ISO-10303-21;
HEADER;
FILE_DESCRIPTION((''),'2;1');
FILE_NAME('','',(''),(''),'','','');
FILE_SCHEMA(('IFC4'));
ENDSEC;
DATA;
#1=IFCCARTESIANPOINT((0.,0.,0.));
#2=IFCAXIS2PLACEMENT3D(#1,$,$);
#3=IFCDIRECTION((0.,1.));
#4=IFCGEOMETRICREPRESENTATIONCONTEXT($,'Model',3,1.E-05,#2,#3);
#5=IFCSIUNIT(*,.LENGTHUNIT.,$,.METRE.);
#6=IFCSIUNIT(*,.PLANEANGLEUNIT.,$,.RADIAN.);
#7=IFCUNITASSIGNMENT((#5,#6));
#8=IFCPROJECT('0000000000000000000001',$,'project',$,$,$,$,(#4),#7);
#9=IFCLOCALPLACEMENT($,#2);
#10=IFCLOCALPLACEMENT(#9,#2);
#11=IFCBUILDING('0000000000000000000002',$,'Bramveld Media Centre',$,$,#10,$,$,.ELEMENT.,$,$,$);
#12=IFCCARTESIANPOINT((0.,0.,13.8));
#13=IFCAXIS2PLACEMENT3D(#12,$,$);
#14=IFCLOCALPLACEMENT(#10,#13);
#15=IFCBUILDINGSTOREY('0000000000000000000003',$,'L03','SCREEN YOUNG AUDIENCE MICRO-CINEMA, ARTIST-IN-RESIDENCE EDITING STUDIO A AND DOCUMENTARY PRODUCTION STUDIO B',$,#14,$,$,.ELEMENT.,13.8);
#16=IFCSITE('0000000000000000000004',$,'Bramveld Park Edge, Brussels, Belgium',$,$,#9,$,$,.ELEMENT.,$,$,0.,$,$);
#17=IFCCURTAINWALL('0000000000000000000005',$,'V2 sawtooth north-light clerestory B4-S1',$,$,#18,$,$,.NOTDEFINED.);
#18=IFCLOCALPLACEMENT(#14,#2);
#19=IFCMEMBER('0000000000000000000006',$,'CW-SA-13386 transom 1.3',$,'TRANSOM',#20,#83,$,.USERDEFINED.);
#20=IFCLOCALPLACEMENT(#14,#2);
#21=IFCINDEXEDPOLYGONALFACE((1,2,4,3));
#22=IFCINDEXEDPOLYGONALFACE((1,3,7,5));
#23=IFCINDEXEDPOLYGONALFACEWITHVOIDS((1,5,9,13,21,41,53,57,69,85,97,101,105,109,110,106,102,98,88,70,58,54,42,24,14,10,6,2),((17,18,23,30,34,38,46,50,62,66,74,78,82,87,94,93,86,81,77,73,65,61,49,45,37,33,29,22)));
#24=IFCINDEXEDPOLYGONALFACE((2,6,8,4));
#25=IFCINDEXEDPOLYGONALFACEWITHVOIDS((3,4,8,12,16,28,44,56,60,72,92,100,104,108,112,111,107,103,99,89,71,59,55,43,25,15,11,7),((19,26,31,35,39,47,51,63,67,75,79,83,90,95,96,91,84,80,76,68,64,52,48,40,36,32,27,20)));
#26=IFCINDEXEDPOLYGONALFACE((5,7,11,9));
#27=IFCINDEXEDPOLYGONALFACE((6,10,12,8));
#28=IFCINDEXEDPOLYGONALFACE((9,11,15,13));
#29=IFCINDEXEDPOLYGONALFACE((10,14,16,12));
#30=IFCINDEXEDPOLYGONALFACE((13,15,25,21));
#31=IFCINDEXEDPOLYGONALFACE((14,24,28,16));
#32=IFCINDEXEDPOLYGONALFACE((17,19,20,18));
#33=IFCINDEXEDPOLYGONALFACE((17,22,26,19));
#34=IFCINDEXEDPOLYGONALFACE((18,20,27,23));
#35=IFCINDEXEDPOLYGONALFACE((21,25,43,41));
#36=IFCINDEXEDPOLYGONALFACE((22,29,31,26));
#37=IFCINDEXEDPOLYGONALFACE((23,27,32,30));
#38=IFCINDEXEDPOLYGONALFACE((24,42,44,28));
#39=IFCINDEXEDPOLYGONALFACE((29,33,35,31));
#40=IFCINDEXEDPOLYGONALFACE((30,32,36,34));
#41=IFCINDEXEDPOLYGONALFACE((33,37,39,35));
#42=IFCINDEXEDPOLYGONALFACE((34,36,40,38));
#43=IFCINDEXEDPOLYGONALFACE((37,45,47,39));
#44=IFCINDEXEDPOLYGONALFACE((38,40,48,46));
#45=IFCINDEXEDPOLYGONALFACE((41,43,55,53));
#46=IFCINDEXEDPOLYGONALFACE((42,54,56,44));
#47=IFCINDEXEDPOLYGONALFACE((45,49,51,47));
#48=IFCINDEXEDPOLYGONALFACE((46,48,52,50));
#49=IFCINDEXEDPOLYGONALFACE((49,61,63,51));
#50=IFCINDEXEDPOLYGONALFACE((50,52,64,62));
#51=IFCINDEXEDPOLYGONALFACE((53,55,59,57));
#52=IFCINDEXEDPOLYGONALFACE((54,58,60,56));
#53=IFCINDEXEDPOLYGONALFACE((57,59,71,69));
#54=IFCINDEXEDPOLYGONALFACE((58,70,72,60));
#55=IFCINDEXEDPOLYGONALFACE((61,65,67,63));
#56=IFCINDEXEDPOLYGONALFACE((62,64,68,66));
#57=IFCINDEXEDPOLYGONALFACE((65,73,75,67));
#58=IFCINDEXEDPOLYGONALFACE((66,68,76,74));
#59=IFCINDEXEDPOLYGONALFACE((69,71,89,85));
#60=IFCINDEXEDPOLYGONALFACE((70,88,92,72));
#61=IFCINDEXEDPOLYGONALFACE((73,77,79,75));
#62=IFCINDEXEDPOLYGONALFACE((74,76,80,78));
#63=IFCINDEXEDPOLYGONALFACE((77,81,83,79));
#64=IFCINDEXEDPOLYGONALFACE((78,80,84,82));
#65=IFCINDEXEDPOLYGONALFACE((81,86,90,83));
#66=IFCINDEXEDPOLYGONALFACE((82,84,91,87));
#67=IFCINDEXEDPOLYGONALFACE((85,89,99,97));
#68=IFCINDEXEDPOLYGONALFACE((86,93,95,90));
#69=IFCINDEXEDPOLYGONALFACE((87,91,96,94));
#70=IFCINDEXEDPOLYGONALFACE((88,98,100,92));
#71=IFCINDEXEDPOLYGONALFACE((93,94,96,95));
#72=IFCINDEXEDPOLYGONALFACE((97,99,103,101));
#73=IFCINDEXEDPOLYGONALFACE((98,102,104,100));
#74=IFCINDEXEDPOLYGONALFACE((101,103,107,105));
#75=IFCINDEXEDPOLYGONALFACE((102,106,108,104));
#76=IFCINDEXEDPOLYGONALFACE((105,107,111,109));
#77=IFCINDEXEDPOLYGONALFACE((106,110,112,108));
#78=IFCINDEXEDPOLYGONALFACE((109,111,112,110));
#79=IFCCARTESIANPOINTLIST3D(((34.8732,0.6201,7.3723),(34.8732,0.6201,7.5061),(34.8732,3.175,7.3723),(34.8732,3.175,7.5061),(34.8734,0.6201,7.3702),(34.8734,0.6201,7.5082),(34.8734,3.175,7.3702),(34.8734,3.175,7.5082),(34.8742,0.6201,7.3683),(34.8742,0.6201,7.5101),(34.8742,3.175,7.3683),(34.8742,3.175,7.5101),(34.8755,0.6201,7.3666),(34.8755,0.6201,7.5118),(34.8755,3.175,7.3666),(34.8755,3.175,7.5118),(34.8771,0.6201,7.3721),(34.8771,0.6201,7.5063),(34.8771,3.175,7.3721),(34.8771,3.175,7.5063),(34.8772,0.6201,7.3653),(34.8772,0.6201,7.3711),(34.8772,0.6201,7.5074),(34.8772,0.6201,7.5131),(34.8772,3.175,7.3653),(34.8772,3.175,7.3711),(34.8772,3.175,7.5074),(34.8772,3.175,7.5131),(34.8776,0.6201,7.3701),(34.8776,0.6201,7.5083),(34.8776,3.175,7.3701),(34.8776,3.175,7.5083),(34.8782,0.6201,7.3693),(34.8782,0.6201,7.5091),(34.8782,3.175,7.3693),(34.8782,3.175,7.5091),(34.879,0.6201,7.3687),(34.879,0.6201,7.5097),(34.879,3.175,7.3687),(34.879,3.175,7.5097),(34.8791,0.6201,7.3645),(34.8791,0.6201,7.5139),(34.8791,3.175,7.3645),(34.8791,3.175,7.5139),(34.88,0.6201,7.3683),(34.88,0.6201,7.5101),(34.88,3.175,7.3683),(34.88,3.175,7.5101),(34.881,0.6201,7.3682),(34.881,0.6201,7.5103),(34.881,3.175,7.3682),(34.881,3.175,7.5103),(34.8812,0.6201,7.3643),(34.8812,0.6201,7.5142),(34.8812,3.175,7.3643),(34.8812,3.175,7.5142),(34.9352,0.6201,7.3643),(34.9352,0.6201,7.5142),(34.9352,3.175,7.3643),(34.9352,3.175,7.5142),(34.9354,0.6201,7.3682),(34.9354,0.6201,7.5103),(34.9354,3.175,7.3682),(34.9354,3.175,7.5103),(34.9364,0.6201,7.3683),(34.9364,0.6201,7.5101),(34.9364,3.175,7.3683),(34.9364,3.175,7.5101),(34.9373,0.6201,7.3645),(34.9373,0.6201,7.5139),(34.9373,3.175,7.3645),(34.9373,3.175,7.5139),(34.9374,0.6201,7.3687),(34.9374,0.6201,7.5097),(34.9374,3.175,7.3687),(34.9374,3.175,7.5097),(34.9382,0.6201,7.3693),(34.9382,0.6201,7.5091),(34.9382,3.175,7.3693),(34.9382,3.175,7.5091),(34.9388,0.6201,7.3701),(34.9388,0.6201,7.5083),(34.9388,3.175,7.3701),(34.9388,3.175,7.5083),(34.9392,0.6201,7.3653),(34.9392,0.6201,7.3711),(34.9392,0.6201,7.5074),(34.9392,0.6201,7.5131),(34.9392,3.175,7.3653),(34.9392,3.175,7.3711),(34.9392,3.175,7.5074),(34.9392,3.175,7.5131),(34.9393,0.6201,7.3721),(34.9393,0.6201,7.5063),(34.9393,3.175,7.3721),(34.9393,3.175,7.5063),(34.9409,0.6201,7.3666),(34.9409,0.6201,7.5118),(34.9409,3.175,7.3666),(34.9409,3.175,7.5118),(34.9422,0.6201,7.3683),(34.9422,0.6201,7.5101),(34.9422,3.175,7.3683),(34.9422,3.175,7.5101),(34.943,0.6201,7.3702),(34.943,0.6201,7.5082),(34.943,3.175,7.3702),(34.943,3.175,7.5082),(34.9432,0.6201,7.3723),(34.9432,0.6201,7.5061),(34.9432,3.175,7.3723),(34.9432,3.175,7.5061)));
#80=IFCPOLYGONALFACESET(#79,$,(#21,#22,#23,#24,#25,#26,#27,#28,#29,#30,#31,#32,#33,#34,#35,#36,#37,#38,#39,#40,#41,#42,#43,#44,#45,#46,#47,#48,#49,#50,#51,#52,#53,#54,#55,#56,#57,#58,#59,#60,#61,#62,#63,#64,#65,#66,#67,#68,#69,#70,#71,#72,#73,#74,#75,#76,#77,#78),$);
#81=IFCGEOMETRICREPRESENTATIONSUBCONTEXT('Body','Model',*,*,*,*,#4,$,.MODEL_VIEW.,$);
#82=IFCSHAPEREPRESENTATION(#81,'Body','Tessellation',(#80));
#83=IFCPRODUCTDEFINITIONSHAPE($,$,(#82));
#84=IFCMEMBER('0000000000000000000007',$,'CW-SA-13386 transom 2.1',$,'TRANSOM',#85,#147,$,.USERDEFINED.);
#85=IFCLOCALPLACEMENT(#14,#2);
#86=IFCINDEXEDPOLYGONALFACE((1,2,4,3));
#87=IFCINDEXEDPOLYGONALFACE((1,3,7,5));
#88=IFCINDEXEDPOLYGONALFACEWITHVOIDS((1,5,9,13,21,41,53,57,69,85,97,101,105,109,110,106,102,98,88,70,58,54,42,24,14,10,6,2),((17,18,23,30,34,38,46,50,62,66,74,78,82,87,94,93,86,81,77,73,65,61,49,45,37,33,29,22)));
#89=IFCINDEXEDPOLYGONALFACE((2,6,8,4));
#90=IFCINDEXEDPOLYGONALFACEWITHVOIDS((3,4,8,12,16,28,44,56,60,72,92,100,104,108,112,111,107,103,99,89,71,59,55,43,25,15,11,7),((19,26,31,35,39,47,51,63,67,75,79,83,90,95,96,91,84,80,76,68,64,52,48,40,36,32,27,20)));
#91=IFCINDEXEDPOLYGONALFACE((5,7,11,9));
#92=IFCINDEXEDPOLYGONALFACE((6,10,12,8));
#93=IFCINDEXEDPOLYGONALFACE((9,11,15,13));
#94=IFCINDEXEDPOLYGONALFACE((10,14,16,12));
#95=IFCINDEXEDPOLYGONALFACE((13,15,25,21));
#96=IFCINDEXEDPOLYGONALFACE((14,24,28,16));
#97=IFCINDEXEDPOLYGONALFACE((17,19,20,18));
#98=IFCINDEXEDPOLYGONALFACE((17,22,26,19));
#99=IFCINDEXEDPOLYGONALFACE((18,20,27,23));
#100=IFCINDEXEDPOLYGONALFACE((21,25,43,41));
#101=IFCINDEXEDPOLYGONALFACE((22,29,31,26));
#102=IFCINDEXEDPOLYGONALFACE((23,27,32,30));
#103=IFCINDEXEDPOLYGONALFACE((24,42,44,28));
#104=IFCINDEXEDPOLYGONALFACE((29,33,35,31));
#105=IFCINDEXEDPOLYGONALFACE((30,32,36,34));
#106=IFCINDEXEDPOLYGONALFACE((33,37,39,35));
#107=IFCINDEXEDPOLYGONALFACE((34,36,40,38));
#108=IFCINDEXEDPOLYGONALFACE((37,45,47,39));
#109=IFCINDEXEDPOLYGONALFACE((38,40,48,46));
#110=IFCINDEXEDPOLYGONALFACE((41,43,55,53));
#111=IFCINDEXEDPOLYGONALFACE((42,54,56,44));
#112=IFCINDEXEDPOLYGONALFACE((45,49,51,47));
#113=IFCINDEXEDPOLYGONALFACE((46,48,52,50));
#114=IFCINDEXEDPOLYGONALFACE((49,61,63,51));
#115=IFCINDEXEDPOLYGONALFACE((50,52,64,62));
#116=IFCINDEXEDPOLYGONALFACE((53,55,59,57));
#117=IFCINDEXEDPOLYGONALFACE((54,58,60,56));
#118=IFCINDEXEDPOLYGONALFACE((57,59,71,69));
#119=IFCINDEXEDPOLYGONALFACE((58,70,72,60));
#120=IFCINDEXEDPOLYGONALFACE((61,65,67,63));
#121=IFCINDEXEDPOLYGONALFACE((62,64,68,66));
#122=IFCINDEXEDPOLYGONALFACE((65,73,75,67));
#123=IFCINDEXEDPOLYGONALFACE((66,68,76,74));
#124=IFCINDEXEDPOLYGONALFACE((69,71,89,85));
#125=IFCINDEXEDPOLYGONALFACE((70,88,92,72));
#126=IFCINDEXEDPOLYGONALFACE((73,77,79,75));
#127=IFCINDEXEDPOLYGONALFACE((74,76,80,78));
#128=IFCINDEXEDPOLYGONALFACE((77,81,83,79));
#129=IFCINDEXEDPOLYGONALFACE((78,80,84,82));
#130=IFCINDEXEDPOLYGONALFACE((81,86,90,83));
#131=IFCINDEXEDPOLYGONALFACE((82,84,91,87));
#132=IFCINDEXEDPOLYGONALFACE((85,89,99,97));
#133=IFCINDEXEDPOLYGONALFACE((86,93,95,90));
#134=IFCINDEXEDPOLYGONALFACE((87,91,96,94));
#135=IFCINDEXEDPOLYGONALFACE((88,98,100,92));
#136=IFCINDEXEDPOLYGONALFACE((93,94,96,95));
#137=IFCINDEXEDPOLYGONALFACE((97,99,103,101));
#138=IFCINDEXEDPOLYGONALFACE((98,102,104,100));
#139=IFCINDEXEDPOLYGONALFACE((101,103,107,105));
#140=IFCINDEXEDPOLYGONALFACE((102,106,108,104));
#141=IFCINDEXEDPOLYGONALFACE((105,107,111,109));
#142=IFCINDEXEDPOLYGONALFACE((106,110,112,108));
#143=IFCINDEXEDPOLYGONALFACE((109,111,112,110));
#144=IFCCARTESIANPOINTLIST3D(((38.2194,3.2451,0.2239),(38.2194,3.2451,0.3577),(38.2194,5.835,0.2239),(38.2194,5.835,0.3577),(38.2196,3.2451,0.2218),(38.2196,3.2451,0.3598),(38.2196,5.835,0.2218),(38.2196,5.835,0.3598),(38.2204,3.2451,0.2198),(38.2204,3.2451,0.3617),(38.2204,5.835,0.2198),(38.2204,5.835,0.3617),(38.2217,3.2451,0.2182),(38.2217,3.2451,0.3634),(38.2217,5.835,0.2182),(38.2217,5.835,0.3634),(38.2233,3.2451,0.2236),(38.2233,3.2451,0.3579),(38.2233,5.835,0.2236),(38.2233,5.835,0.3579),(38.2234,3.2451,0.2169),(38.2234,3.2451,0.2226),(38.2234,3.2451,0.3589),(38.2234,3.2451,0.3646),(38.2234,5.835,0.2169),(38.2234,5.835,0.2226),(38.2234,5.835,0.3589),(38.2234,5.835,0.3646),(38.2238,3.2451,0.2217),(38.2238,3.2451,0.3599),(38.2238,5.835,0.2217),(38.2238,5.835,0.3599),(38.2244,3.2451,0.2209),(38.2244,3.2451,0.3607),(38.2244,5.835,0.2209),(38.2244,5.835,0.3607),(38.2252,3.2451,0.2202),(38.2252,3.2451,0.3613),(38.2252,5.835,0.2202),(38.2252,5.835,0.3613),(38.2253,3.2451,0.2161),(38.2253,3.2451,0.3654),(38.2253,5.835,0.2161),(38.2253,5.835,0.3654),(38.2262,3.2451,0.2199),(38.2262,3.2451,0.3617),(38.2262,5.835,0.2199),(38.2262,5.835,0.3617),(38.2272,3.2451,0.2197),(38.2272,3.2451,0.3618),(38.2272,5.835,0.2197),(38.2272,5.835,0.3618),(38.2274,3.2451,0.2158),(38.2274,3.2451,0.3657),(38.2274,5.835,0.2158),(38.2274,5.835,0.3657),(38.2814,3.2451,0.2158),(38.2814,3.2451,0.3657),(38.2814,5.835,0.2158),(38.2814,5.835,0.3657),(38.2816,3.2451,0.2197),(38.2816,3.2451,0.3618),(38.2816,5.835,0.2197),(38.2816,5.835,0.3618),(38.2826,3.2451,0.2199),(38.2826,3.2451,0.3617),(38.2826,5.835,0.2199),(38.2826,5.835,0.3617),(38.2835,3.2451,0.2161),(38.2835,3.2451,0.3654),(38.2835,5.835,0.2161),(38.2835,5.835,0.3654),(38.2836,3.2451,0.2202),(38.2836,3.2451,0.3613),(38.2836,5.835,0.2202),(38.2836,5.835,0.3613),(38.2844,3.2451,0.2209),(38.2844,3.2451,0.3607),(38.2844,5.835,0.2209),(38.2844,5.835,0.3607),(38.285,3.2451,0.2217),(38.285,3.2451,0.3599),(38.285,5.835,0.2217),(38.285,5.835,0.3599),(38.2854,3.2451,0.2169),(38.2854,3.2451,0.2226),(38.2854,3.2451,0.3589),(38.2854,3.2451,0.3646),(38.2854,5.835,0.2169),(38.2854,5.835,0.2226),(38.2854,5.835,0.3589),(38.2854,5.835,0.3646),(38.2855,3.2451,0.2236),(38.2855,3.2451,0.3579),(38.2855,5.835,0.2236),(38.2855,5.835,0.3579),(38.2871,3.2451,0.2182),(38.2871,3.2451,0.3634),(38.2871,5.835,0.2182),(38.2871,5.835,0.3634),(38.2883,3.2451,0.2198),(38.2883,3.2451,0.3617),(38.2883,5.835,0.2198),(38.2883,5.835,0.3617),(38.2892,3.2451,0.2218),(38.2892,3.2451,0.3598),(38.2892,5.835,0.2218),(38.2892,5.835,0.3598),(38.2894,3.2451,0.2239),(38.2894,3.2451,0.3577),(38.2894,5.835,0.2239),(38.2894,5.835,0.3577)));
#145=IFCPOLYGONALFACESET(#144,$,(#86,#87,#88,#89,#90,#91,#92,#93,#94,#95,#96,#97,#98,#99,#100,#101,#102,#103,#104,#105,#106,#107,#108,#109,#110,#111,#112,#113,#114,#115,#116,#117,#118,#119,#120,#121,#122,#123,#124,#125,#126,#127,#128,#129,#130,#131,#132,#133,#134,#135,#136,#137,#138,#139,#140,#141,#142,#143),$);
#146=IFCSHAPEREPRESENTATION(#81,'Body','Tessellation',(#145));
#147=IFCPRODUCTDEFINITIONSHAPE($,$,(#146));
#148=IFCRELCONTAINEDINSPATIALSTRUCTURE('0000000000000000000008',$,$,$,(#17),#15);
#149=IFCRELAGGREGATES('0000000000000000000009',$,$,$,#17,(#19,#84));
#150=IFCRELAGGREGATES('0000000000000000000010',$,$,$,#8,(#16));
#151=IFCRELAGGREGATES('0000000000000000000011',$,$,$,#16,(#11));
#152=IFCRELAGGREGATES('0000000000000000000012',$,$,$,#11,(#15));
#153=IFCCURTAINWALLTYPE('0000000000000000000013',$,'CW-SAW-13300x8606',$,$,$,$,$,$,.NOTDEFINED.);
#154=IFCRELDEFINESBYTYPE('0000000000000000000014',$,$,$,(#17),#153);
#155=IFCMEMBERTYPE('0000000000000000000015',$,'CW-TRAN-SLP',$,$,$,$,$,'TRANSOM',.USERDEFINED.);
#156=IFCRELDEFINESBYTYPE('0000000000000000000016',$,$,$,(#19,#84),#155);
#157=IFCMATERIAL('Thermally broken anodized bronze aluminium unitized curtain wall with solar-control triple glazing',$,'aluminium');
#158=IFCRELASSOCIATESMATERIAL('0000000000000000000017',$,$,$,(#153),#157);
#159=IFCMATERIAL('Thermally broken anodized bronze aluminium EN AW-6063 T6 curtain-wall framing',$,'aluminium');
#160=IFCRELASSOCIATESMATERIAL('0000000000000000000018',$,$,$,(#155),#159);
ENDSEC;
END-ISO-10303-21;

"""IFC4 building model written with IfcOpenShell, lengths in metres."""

from ifc_helpers import new_model, si_unit, direction, frame, origin, origin_2d, place, context, subcontext, project, spatial, hollow_rectangle, extrude, material, material_profile, profile_set, type_object, element, aggregate, save


model = new_model("IFC4")

# Units and contexts
model_context = context("Model", 3, precision=1e-05, world=origin(), true_north=direction((0.0, 1.0)))
body_context = subcontext(model_context, "Body", "Model", "MODEL_VIEW")
ifc_project = project(units=[si_unit("LENGTHUNIT", "METRE"), si_unit("PLANEANGLEUNIT", "RADIAN")], contexts=[model_context])

# Site, building, storey
site_placement = place(None, origin())
site = spatial("IfcSite", under=ifc_project, at=site_placement, Name="Bramveld Park Edge, Brussels, Belgium", CompositionType="ELEMENT", RefElevation=0.0)
building_placement = place(site_placement, origin())
building = spatial("IfcBuilding", under=site, at=building_placement, Name="Bramveld Media Centre", CompositionType="ELEMENT")
storey_placement = place(building_placement, frame((0.0, 0.0, 13.8)))
storey = spatial("IfcBuildingStorey", under=building, at=storey_placement, Name="L03", Description="SCREEN YOUNG AUDIENCE MICRO-CINEMA, ARTIST-IN-RESIDENCE EDITING STUDIO A AND DOCUMENTARY PRODUCTION STUDIO B", CompositionType="ELEMENT", Elevation=13.8)

# Curtain wall, members
ifc_material_1 = material(Name="Thermally broken anodized bronze aluminium unitized curtain wall with solar-control triple glazing", Category="aluminium")
curtain_wall_type = type_object("IfcCurtainWallType", Name="CW-SAW-13300x8606", PredefinedType="NOTDEFINED", material=ifc_material_1)
curtain_wall_placement = place(storey_placement, origin())
curtain_wall = element("IfcCurtainWall", 1, at=curtain_wall_placement, inside=storey, type_object=curtain_wall_type, Name="V2 sawtooth north-light clerestory B4-S1", PredefinedType="NOTDEFINED")
ifc_material_2 = material(Name="Thermally broken anodized bronze aluminium EN AW-6063 T6 curtain-wall framing", Category="aluminium")
ifc_material_profile_1 = material_profile(ifc_material_2, hollow_rectangle(XDim=0.0701, YDim=0.1499, WallThickness=0.0039, InnerFilletRadius=0.0039, OuterFilletRadius=0.0081, at=origin_2d()), Name="AL-TRAN 70x150")
ifc_profile_set_1 = profile_set([ifc_material_profile_1], Name="Thermally broken anodized bronze aluminium EN AW-6063 T6 curtain-wall framing")
member_type_1 = type_object("IfcMemberType", Name="CW-TRAN-SLP", ElementType="TRANSOM", PredefinedType="USERDEFINED", material=ifc_profile_set_1)
member_1_placement = place(storey_placement, frame((34.9082, 0.6201, 7.4392), z_axis=(0.0, 1.0, 0.0), x_axis=(-1.0, 0.0, 0.0)))
member_1 = element("IfcMember", 2, at=member_1_placement, type_object=member_type_1, Name="CW-SA-13386 transom 1.3", ObjectType="TRANSOM", PredefinedType="USERDEFINED", context=body_context, shape_type="SweptSolid", body=[
    extrude(hollow_rectangle(XDim=0.0701, YDim=0.1499, WallThickness=0.0039, InnerFilletRadius=0.0039, OuterFilletRadius=0.0081, at=origin_2d()), origin(), (0.0, 0.0, 1.0), 2.5549),
])
member_2_placement = place(storey_placement, frame((38.2544, 3.2451, 0.2908), z_axis=(0.0, 1.0, 0.0), x_axis=(-1.0, 0.0, 0.0)))
member_2 = element("IfcMember", 3, at=member_2_placement, type_object=member_type_1, Name="CW-SA-13386 transom 2.1", ObjectType="TRANSOM", PredefinedType="USERDEFINED", context=body_context, shape_type="SweptSolid", body=[
    extrude(hollow_rectangle(XDim=0.0701, YDim=0.1499, WallThickness=0.0039, InnerFilletRadius=0.0039, OuterFilletRadius=0.0081, at=origin_2d()), origin(), (0.0, 0.0, 1.0), 2.5898),
])

aggregate(curtain_wall, [member_1, member_2])

save(model, "model.ifc")
